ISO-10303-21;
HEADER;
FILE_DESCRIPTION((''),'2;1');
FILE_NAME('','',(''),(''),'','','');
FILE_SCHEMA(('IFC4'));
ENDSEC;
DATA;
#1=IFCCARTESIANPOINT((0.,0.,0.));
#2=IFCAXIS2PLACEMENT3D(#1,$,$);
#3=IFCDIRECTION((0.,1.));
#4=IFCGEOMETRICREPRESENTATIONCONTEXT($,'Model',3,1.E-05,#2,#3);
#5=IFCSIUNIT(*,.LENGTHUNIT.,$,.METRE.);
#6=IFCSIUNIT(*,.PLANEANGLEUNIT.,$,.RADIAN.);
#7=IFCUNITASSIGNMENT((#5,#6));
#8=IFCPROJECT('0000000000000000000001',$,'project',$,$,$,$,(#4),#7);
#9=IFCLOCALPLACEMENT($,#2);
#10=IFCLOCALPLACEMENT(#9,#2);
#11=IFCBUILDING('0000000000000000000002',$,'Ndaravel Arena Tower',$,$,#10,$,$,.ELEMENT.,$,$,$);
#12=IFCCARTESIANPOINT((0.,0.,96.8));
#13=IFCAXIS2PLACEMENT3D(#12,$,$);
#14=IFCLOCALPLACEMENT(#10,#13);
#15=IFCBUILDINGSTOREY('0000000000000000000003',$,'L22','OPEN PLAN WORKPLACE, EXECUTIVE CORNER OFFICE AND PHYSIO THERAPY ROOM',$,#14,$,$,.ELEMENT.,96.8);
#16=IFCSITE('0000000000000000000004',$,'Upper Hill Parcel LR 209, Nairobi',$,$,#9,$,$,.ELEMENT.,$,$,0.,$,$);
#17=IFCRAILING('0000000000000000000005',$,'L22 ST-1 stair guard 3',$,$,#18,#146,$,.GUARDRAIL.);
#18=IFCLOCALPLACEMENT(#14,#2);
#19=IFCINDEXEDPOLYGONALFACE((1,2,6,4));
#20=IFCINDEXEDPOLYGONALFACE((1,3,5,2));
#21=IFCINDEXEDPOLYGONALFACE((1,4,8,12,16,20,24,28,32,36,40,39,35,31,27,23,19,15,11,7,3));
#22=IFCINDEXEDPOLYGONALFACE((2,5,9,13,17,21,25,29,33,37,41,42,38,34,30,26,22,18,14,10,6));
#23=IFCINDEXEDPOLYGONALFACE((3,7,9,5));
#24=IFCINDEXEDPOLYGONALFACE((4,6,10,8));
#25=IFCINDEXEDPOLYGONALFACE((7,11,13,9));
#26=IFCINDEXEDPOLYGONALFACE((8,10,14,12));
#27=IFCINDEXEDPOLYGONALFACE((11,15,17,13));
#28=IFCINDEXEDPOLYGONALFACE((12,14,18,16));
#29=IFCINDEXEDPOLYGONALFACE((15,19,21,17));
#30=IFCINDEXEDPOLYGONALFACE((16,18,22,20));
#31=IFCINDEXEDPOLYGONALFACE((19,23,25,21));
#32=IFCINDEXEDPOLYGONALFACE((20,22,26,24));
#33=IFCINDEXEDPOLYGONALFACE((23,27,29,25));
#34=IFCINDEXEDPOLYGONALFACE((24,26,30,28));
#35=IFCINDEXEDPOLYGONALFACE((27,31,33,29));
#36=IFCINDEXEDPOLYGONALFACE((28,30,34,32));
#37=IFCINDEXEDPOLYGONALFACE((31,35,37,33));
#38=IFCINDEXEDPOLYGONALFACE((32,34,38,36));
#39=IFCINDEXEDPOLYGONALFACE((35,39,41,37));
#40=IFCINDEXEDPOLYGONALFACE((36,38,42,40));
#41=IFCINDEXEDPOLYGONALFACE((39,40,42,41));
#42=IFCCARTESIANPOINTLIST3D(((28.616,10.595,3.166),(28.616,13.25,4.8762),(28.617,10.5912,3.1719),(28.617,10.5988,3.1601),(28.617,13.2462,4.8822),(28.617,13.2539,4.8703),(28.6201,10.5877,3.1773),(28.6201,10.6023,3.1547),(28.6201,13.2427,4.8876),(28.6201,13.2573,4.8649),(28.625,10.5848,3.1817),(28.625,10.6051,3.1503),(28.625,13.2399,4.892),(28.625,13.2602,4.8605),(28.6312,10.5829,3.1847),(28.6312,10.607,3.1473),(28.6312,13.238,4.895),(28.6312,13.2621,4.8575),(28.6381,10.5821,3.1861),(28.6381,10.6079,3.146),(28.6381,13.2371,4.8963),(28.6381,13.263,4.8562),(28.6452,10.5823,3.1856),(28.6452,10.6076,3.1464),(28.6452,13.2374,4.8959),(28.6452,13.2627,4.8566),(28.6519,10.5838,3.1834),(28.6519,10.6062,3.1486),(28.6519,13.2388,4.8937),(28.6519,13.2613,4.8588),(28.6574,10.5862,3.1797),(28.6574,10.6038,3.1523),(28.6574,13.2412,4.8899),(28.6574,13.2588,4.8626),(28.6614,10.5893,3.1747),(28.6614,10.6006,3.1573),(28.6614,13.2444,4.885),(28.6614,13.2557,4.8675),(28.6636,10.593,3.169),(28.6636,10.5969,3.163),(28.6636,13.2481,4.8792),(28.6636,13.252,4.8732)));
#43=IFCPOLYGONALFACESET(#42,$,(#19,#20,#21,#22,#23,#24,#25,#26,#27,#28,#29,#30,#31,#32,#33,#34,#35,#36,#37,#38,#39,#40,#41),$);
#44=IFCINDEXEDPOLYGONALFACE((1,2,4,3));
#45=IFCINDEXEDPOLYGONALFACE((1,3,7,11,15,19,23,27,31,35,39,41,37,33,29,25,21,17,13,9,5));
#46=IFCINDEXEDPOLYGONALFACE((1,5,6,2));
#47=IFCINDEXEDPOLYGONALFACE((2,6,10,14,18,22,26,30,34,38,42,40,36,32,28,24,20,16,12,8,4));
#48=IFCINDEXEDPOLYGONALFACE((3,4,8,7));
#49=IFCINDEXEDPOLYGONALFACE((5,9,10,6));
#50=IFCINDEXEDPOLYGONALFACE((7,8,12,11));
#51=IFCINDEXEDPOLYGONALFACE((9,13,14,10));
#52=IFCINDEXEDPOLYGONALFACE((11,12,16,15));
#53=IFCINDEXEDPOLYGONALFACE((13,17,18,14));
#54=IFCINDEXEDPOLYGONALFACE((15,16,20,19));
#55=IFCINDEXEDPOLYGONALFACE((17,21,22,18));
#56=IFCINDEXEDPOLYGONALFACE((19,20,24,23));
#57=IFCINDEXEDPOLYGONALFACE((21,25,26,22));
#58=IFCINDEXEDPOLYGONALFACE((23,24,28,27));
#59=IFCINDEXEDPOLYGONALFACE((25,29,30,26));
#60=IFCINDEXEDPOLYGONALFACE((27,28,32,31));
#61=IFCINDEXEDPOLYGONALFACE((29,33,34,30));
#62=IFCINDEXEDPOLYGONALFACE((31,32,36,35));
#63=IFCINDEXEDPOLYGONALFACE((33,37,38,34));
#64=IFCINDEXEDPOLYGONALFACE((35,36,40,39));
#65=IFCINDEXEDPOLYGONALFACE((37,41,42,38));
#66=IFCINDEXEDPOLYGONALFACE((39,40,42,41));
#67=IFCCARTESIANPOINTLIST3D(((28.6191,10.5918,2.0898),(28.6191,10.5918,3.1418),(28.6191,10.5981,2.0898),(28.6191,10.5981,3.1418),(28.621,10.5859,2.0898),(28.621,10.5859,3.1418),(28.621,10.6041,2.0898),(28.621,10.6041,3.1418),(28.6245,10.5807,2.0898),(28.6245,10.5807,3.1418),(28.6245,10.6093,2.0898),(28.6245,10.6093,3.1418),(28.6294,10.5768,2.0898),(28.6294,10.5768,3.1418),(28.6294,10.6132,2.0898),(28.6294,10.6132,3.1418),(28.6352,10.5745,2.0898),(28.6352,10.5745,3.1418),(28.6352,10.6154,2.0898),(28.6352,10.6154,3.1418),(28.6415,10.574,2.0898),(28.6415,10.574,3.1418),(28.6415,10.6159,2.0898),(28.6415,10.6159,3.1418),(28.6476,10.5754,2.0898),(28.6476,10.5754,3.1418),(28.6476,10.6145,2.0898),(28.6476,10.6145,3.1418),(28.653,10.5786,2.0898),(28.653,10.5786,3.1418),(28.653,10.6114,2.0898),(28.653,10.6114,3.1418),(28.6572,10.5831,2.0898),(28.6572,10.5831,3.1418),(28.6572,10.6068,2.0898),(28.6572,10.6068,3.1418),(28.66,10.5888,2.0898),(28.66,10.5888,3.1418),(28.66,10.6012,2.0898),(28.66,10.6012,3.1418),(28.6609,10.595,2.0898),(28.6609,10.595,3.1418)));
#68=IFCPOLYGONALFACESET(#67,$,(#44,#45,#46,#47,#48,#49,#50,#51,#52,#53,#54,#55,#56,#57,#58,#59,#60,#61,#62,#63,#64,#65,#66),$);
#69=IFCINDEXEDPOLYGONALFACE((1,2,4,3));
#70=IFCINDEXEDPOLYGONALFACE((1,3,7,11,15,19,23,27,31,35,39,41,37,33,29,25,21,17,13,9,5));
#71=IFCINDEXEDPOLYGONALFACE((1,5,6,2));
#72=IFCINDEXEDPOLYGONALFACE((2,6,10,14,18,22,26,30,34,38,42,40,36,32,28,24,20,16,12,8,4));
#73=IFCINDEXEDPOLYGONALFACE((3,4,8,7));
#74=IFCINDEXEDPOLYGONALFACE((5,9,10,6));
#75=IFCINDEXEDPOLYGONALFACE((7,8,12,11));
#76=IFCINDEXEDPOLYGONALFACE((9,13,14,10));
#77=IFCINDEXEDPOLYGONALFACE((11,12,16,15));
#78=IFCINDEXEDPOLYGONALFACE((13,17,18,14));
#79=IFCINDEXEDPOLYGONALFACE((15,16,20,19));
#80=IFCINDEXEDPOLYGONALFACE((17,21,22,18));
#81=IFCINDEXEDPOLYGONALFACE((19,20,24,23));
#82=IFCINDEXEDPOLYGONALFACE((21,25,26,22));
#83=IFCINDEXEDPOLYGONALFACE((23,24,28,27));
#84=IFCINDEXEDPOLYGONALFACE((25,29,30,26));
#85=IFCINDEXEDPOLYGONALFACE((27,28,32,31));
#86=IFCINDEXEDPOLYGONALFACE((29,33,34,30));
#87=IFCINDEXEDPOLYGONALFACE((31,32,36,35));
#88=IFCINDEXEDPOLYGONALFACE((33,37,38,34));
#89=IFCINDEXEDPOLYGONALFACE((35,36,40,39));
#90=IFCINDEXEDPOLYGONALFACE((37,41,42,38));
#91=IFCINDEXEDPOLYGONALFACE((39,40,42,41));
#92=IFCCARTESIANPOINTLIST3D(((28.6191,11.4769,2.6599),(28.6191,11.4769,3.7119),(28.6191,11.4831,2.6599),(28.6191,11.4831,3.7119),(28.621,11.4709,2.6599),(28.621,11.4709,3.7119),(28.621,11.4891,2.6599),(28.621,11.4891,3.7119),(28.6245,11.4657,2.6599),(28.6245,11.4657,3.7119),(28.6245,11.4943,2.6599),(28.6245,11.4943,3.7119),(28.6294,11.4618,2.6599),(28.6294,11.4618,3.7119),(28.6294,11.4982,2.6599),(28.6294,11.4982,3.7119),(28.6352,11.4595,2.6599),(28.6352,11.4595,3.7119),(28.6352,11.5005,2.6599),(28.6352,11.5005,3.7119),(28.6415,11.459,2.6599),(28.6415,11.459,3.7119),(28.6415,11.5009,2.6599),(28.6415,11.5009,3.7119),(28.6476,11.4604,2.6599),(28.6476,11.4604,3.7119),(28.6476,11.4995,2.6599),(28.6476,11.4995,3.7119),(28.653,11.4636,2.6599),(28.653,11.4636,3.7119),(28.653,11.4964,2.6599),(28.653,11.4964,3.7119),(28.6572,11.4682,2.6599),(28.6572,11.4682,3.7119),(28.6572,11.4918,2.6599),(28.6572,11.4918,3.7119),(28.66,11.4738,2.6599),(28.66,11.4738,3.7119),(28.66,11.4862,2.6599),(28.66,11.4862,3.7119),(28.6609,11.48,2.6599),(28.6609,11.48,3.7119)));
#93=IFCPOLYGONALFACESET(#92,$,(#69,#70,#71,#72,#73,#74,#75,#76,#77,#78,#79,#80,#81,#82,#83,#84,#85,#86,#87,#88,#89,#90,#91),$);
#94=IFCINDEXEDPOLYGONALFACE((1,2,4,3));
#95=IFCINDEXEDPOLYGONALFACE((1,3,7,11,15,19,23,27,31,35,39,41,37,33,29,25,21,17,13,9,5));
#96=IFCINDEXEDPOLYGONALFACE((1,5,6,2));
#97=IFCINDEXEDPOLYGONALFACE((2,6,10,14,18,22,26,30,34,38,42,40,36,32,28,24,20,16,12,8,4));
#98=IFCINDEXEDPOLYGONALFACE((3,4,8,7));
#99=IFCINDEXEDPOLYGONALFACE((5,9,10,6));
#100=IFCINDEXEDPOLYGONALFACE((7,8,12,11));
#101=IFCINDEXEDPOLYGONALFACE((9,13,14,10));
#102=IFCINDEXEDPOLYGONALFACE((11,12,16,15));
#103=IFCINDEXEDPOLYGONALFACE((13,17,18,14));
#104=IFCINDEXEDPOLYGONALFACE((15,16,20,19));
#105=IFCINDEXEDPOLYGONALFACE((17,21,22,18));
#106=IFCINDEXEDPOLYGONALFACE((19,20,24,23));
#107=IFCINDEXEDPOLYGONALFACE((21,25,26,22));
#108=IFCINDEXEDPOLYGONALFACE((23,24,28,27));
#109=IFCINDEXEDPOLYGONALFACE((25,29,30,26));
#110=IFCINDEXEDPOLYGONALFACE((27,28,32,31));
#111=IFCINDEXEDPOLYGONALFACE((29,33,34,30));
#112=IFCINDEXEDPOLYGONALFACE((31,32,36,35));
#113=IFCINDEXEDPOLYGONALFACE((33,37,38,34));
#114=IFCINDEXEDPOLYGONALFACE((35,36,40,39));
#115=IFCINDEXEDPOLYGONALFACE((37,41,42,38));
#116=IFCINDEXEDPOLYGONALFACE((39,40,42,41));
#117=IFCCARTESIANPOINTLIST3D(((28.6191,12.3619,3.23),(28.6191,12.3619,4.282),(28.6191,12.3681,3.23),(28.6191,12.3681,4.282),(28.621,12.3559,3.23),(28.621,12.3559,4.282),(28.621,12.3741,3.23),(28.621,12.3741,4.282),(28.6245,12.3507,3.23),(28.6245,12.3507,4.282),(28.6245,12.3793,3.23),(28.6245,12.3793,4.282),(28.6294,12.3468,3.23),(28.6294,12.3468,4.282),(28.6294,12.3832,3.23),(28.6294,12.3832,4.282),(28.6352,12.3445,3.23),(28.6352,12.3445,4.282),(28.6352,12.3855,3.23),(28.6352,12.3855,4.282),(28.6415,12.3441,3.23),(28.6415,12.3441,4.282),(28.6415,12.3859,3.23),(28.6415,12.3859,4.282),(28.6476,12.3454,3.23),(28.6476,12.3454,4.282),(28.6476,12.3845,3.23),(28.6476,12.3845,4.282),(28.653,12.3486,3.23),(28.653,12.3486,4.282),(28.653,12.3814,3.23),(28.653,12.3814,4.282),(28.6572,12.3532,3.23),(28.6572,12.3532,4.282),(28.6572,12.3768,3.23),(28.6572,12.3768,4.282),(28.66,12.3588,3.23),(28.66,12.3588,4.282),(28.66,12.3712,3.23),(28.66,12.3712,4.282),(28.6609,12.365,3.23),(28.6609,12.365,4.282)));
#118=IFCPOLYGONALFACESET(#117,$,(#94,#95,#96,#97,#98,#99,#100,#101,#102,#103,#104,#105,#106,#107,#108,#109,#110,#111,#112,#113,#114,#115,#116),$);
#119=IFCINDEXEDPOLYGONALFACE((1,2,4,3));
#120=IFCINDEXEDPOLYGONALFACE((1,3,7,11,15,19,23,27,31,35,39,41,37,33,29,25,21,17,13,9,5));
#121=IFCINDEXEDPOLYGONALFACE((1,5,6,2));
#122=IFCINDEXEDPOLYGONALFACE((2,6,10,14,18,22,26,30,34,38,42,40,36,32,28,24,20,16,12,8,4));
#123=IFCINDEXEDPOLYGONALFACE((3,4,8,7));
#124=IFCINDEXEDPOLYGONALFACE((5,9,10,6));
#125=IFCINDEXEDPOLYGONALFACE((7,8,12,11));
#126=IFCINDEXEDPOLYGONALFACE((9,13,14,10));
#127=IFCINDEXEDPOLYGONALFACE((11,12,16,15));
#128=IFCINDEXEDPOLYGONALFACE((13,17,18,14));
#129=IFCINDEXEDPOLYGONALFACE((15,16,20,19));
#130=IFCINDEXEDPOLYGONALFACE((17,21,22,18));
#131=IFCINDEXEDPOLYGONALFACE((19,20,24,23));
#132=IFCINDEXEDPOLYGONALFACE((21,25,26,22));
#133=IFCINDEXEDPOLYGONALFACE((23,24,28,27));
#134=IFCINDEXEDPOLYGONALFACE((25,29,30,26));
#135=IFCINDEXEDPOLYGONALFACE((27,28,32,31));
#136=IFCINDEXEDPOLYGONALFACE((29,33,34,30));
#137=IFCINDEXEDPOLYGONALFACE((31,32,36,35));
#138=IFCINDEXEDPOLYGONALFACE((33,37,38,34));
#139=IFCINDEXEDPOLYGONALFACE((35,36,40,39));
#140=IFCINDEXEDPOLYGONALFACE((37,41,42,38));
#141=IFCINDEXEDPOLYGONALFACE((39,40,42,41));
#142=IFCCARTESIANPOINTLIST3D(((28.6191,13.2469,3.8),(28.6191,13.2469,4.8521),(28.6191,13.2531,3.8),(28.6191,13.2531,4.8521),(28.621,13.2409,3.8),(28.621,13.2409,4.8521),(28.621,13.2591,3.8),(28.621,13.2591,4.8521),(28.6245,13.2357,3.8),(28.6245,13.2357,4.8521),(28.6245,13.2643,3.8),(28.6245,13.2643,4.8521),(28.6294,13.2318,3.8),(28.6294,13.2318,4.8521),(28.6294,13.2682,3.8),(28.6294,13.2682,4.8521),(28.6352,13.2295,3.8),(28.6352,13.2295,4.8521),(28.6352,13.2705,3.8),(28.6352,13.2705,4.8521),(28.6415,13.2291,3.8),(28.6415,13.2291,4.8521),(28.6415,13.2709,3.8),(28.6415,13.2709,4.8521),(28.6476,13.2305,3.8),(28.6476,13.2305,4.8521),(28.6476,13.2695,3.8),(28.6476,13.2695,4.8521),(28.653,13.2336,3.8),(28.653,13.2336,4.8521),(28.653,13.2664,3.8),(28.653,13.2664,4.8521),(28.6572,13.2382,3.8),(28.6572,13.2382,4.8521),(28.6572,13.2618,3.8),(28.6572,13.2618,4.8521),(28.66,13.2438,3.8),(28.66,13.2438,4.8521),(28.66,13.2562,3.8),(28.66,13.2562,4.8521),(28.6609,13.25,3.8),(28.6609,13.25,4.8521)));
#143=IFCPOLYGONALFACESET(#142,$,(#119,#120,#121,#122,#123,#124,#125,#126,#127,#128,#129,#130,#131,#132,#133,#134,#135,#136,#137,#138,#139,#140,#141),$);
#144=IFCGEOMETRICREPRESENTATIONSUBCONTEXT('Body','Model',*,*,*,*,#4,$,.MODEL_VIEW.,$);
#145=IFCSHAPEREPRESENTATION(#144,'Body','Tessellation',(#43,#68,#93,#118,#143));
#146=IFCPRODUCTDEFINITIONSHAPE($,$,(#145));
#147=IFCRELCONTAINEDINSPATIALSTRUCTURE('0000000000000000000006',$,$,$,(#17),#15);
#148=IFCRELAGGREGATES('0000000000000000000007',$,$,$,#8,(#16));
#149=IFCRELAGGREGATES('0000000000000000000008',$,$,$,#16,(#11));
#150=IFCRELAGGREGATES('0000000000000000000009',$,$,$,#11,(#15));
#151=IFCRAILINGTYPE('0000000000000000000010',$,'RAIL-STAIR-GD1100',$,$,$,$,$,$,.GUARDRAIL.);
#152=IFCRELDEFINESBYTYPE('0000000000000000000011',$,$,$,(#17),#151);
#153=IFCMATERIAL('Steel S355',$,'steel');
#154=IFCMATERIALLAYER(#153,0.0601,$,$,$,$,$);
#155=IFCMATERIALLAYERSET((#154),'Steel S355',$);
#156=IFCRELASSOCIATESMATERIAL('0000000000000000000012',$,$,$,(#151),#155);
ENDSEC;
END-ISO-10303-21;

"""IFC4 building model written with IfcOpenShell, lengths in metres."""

from ifc_helpers import new_model, si_unit, direction, frame, origin, origin_2d, place, context, subcontext, project, spatial, circle, extrude, material, layer, layer_set, type_object, element, save


model = new_model("IFC4")

# Units and contexts
model_context = context("Model", 3, precision=1e-05, world=origin(), true_north=direction((0.0, 1.0)))
body_context = subcontext(model_context, "Body", "Model", "MODEL_VIEW")
ifc_project = project(units=[si_unit("LENGTHUNIT", "METRE"), si_unit("PLANEANGLEUNIT", "RADIAN")], contexts=[model_context])

# Site, building, storey
site_placement = place(None, origin())
site = spatial("IfcSite", under=ifc_project, at=site_placement, Name="Upper Hill Parcel LR 209, Nairobi", CompositionType="ELEMENT", RefElevation=0.0)
building_placement = place(site_placement, origin())
building = spatial("IfcBuilding", under=site, at=building_placement, Name="Ndaravel Arena Tower", CompositionType="ELEMENT")
storey_placement = place(building_placement, frame((0.0, 0.0, 96.8)))
storey = spatial("IfcBuildingStorey", under=building, at=storey_placement, Name="L22", Description="OPEN PLAN WORKPLACE, EXECUTIVE CORNER OFFICE AND PHYSIO THERAPY ROOM", CompositionType="ELEMENT", Elevation=96.8)

# Railing
ifc_material_1 = material(Name="Steel S355", Category="steel")
ifc_layer_1 = layer(ifc_material_1, 0.0601)
ifc_layer_set_1 = layer_set([ifc_layer_1], Name="Steel S355")
railing_type_1 = type_object("IfcRailingType", Name="RAIL-STAIR-GD1100", PredefinedType="GUARDRAIL", material=ifc_layer_set_1)
railing_1_placement = place(storey_placement, frame((28.6399, 10.595, 2.0898)))
element("IfcRailing", 1, at=railing_1_placement, inside=storey, type_object=railing_type_1, Name="L22 ST-1 stair guard 3", PredefinedType="GUARDRAIL", context=body_context, shape_type="SweptSolid", body=[
    extrude(circle(Radius=0.0239, at=origin_2d()), frame((0.0, 0.0, 1.0762), z_axis=(0.0, 0.840688, 0.541519), x_axis=(-1.0, 0.0, 0.0)), (0.0, 0.0, 1.0), 3.1582),
    extrude(circle(Radius=0.021, at=origin_2d()), origin(), (0.0, 0.0, 1.0), 1.052),
    extrude(circle(Radius=0.021, at=origin_2d()), frame((0.0, 0.885, 0.5701)), (0.0, 0.0, 1.0), 1.052),
    extrude(circle(Radius=0.021, at=origin_2d()), frame((0.0, 1.77, 1.1401)), (0.0, 0.0, 1.0), 1.052),
    extrude(circle(Radius=0.021, at=origin_2d()), frame((0.0, 2.655, 1.7102)), (0.0, 0.0, 1.0), 1.052),
])

save(model, "model.ifc")
